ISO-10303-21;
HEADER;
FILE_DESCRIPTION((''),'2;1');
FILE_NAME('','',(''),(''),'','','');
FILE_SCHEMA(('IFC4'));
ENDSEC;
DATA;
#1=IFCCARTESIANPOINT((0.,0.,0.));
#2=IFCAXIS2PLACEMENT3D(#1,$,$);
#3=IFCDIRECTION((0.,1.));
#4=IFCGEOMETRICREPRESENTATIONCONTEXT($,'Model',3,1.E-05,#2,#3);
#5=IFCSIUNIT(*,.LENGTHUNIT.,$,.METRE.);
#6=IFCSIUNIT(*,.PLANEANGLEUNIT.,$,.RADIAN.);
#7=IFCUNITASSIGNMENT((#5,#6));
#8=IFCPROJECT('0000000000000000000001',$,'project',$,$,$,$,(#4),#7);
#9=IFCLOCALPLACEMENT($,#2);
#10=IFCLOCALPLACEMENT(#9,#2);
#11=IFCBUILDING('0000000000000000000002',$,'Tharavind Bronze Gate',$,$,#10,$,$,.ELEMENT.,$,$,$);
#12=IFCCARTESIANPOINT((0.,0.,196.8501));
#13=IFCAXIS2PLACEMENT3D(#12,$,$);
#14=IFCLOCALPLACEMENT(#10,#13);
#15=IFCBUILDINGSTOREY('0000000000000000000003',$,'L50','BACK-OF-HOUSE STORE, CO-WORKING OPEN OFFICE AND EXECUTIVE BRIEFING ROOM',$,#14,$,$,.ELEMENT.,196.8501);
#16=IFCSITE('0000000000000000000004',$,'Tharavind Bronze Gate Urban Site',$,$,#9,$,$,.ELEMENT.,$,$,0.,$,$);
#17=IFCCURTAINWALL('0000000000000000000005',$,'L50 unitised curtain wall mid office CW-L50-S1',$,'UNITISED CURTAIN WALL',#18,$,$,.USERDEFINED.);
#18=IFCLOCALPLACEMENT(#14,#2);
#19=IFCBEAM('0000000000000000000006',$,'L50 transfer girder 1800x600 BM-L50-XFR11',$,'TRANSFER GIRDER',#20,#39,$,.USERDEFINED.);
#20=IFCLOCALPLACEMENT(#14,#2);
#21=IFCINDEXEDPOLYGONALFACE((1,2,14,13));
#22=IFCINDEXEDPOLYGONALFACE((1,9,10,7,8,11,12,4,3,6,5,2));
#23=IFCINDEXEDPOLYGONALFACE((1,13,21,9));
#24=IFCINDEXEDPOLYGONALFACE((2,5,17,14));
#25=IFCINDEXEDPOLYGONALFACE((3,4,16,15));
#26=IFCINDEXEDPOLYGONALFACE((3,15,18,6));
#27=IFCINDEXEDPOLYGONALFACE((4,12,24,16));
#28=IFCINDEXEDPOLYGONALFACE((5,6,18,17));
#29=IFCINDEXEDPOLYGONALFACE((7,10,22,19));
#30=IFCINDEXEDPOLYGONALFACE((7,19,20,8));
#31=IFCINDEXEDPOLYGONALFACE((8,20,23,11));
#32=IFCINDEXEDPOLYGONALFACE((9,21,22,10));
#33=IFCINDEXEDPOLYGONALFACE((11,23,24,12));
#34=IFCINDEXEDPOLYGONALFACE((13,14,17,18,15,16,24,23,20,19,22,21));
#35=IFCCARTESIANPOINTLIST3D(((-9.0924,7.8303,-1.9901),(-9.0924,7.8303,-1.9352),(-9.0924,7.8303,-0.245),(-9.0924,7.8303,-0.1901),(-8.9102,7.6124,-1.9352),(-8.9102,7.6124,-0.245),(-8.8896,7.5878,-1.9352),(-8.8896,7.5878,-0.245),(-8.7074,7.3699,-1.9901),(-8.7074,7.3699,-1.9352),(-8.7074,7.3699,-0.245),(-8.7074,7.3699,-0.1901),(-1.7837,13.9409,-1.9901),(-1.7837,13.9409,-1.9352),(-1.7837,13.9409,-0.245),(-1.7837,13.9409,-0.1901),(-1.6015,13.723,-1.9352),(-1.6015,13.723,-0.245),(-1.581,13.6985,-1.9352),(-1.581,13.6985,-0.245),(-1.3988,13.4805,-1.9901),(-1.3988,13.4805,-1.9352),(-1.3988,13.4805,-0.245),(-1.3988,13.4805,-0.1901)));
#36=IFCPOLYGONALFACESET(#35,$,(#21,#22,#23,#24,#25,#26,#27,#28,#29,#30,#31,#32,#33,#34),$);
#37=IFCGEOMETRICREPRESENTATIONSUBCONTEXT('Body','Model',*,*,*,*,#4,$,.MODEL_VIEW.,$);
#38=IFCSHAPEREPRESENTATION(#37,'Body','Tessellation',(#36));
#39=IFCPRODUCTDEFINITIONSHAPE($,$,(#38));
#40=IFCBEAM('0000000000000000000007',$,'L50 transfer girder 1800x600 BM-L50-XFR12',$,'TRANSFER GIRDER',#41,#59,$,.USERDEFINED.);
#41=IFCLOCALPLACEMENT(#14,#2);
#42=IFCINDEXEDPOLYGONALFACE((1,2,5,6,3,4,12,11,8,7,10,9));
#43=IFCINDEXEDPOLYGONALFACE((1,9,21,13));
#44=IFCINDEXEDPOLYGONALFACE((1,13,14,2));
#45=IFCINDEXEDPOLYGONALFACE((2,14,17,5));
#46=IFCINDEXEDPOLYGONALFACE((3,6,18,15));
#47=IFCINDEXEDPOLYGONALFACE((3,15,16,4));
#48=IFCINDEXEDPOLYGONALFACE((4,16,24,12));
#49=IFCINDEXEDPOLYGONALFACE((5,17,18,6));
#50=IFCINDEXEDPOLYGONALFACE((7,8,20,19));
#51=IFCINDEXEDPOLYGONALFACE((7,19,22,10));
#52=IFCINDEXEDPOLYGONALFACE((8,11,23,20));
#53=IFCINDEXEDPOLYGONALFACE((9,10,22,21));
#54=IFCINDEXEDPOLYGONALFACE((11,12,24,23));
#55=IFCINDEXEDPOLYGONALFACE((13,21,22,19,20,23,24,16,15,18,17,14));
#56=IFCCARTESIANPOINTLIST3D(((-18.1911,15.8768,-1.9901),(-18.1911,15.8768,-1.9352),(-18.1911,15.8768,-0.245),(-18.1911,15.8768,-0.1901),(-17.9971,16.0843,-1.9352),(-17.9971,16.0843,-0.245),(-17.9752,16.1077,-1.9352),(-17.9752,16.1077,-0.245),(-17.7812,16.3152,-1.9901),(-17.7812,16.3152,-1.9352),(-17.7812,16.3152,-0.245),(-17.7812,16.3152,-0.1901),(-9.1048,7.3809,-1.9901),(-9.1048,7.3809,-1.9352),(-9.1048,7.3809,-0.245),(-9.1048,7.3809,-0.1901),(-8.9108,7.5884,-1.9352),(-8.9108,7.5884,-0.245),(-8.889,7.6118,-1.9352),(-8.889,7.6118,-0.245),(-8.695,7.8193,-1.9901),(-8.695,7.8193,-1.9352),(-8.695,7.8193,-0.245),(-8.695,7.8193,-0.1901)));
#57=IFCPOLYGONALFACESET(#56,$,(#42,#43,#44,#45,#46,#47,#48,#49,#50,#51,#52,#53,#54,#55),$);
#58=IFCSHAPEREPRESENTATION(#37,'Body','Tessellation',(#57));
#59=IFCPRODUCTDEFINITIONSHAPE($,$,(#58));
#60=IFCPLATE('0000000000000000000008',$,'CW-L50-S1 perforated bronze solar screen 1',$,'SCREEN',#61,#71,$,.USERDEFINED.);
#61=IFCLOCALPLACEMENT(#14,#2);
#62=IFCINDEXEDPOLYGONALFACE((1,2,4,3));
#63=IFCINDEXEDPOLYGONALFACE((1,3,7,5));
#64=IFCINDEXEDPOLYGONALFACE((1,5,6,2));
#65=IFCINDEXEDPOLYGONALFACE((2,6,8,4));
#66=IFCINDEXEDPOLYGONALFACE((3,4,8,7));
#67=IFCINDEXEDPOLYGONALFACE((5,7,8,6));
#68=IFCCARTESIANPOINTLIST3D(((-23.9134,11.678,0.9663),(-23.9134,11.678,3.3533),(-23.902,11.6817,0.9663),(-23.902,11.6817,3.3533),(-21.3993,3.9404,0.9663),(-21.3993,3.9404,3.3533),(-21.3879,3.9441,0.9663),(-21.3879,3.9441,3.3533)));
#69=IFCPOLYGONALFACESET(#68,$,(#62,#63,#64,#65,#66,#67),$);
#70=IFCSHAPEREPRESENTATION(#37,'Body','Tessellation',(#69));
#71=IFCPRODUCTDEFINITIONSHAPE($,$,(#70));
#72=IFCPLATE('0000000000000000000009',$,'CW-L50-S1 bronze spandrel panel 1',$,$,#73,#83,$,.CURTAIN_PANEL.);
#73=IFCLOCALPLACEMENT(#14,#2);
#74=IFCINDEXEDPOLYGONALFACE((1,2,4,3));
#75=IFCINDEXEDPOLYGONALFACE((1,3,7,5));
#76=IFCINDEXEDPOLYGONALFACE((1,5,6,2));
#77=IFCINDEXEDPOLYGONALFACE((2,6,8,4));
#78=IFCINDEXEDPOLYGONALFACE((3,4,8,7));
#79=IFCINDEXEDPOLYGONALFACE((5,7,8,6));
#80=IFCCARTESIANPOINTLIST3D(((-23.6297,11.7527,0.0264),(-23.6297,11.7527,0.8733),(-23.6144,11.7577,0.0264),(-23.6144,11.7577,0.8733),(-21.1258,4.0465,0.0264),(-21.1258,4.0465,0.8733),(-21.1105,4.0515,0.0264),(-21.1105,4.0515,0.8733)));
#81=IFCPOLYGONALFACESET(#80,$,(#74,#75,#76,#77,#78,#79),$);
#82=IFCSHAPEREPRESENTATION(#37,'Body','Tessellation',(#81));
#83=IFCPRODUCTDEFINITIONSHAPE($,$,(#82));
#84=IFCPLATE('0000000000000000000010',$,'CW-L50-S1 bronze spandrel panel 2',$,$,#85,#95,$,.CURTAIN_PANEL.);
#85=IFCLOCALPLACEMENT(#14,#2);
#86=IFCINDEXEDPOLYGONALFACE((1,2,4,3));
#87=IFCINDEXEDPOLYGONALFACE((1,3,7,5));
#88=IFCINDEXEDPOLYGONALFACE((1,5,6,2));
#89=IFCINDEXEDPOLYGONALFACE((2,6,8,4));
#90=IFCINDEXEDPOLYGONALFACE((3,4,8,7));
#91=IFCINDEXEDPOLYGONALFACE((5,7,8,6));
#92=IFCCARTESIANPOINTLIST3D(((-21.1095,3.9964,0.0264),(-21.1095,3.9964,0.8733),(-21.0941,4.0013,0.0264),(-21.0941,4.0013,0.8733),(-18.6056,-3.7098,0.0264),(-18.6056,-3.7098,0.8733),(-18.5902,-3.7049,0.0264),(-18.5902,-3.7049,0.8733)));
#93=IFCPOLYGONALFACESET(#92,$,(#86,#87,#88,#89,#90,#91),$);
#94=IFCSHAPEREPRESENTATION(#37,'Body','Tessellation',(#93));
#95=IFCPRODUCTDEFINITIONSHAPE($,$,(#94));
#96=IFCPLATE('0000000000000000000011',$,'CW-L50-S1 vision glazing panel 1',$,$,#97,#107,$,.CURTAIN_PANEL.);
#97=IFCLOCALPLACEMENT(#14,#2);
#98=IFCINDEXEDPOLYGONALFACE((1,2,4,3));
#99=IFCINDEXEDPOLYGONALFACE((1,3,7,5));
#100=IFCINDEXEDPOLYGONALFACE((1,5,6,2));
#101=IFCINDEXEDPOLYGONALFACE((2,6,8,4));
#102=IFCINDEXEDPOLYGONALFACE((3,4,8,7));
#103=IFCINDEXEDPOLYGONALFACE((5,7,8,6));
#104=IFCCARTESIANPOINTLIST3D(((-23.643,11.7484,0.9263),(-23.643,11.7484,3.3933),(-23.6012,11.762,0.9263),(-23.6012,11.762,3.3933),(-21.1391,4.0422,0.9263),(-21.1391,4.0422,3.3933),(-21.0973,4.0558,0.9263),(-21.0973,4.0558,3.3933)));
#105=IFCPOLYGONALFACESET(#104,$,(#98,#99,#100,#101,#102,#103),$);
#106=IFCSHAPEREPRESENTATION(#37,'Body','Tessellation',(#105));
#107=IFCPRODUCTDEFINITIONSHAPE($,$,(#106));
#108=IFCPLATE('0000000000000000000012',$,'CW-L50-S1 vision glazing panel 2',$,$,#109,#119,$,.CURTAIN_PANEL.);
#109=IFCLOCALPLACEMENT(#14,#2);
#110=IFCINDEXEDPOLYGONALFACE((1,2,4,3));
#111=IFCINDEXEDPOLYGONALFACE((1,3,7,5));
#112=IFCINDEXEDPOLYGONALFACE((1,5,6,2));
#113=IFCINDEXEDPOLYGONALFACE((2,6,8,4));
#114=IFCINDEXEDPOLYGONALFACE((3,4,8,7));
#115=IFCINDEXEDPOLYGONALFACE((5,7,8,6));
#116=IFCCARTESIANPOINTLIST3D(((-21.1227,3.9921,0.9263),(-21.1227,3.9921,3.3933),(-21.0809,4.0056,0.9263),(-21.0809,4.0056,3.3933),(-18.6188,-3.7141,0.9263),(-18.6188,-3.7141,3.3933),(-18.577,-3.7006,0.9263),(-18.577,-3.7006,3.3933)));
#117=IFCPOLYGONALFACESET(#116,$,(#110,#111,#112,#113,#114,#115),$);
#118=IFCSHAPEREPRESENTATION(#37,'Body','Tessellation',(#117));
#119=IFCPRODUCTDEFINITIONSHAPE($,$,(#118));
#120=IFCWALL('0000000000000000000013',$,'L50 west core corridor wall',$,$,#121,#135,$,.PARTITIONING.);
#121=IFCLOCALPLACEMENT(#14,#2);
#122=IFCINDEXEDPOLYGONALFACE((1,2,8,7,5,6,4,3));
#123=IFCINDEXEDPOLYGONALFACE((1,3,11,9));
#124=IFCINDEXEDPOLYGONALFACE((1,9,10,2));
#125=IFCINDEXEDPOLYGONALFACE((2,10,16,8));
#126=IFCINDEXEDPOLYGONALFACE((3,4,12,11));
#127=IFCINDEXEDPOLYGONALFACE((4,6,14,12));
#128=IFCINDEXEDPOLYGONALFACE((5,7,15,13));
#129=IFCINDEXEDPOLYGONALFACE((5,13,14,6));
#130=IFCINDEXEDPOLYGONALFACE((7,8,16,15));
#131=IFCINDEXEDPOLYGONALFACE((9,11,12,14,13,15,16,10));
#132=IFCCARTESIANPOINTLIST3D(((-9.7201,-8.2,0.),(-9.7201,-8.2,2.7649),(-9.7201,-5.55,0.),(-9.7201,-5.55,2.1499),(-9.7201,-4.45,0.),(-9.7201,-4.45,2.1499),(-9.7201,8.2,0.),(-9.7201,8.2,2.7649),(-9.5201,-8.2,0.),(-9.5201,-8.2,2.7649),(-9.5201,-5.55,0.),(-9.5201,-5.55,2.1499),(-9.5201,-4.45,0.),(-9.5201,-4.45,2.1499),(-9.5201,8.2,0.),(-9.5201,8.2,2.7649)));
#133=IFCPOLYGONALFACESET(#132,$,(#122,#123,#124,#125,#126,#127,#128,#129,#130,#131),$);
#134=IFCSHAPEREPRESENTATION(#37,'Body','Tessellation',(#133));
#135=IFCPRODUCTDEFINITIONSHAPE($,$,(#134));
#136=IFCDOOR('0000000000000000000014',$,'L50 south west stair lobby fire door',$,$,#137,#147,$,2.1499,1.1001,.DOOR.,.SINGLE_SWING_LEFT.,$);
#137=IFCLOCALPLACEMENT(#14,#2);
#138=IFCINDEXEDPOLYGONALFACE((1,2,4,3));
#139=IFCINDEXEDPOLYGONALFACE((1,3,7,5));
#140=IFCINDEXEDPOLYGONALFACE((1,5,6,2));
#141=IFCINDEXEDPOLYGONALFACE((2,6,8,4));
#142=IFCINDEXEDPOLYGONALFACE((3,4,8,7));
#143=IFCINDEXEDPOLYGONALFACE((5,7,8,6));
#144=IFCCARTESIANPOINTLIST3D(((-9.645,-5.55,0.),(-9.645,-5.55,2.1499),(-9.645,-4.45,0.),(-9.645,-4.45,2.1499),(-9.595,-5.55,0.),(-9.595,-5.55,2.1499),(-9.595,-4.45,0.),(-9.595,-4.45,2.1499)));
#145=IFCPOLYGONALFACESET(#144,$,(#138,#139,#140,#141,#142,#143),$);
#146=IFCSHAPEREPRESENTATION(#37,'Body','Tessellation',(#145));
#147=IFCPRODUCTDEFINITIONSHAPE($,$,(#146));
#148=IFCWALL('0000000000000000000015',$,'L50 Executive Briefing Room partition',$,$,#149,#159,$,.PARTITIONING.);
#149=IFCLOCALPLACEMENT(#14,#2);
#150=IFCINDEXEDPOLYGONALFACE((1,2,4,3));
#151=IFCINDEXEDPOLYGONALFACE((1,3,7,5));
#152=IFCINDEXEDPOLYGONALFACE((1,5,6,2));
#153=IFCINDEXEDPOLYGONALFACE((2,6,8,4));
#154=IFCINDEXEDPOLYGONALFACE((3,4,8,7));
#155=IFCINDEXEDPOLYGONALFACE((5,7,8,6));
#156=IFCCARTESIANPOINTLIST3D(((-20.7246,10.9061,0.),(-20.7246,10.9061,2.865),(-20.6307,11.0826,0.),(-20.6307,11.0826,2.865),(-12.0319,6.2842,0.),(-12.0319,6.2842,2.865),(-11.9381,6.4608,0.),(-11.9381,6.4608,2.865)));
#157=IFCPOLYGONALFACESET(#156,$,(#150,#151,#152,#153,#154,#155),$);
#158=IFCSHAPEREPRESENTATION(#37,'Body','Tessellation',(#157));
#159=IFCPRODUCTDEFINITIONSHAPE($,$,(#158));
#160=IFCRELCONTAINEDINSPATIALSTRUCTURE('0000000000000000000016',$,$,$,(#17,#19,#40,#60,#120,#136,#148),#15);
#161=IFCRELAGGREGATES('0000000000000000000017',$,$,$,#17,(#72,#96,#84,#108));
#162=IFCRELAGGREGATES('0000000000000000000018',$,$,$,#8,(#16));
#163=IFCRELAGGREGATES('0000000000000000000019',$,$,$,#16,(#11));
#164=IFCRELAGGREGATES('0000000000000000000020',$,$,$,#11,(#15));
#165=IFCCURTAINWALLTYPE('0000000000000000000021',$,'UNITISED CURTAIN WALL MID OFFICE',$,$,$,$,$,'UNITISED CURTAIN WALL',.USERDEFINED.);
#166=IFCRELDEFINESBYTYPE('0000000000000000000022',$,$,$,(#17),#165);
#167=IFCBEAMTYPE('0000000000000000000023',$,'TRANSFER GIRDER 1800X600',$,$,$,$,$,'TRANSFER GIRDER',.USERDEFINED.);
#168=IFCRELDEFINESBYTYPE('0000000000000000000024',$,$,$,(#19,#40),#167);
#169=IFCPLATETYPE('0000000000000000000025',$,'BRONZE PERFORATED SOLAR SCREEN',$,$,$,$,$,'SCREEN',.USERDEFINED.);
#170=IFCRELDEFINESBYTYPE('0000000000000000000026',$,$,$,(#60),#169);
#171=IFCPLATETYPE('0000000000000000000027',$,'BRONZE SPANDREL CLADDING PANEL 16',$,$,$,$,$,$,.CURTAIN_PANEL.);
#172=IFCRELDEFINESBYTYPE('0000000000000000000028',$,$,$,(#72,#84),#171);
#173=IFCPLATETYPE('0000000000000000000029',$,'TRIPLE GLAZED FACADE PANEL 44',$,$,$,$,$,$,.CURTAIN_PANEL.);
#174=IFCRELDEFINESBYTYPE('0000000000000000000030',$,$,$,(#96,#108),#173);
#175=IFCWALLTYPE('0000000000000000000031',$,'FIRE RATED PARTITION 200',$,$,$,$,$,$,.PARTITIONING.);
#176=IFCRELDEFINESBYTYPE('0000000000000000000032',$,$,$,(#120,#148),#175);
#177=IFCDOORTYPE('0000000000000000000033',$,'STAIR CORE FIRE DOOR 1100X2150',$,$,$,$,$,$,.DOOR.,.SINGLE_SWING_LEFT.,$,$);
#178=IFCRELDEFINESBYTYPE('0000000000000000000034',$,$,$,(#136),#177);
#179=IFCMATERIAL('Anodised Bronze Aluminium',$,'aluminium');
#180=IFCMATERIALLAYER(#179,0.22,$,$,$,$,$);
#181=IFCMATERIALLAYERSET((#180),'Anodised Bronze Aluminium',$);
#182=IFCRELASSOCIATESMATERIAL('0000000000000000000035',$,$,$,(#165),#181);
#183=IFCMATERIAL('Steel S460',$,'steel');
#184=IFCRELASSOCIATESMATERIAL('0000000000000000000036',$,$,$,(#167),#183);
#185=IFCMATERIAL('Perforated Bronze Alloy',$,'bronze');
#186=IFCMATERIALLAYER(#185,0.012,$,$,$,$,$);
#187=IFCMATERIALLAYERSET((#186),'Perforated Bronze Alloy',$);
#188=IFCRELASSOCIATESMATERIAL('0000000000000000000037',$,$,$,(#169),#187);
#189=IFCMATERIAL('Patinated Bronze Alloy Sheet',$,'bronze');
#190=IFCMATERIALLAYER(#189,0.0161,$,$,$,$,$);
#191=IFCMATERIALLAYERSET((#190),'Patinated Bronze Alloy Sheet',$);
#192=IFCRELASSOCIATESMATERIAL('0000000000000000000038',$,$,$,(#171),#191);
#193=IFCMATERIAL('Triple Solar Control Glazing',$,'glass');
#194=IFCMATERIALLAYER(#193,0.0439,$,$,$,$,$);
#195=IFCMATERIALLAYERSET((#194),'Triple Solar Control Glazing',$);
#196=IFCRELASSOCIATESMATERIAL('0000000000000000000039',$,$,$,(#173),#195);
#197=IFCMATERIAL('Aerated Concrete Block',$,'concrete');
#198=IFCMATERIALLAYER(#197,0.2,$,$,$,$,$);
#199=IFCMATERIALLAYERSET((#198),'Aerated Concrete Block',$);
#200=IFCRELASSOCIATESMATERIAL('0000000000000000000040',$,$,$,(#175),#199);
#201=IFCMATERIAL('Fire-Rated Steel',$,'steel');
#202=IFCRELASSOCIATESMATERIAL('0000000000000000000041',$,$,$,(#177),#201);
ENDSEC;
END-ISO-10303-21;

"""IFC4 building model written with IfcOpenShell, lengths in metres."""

from ifc_helpers import new_model, si_unit, direction, frame, frame_2d, origin, origin_2d, place, context, subcontext, project, spatial, rectangle, i_section, extrude, material, layer, layer_set, material_profile, profile_set, type_object, element, fill, aggregate, save


model = new_model("IFC4")

# Units and contexts
model_context = context("Model", 3, precision=1e-05, world=origin(), true_north=direction((0.0, 1.0)))
body_context = subcontext(model_context, "Body", "Model", "MODEL_VIEW")
ifc_project = project(units=[si_unit("LENGTHUNIT", "METRE"), si_unit("PLANEANGLEUNIT", "RADIAN")], contexts=[model_context])

# Site, building, storey
site_placement = place(None, origin())
site = spatial("IfcSite", under=ifc_project, at=site_placement, Name="Tharavind Bronze Gate Urban Site", CompositionType="ELEMENT", RefElevation=0.0)
building_placement = place(site_placement, origin())
building = spatial("IfcBuilding", under=site, at=building_placement, Name="Tharavind Bronze Gate", CompositionType="ELEMENT")
storey_placement = place(building_placement, frame((0.0, 0.0, 196.8501)))
storey = spatial("IfcBuildingStorey", under=building, at=storey_placement, Name="L50", Description="BACK-OF-HOUSE STORE, CO-WORKING OPEN OFFICE AND EXECUTIVE BRIEFING ROOM", CompositionType="ELEMENT", Elevation=196.8501)

# Curtain wall
ifc_material_1 = material(Name="Anodised Bronze Aluminium", Category="aluminium")
ifc_layer_1 = layer(ifc_material_1, 0.22)
ifc_layer_set_1 = layer_set([ifc_layer_1], Name="Anodised Bronze Aluminium")
curtain_wall_type = type_object("IfcCurtainWallType", Name="UNITISED CURTAIN WALL MID OFFICE", ElementType="UNITISED CURTAIN WALL", PredefinedType="USERDEFINED", material=ifc_layer_set_1)
curtain_wall_placement = place(storey_placement, origin())
curtain_wall = element("IfcCurtainWall", 1, at=curtain_wall_placement, inside=storey, type_object=curtain_wall_type, Name="L50 unitised curtain wall mid office CW-L50-S1", ObjectType="UNITISED CURTAIN WALL", PredefinedType="USERDEFINED")

# Beams
ifc_material_2 = material(Name="Steel S460", Category="steel")
ifc_material_profile_1 = material_profile(ifc_material_2, i_section(OverallWidth=0.6001, OverallDepth=1.8, WebThickness=0.032, FlangeThickness=0.0549, at=origin_2d()), Name="PG1800X600")
ifc_profile_set_1 = profile_set([ifc_material_profile_1], Name="Steel S460")
beam_type_1 = type_object("IfcBeamType", Name="TRANSFER GIRDER 1800X600", ElementType="TRANSFER GIRDER", PredefinedType="USERDEFINED", material=ifc_profile_set_1)
beam_1_placement = place(storey_placement, frame((-8.8999, 7.6001, -1.0901), z_axis=(0.767183, 0.641429, 0.0), x_axis=(-0.641429, 0.767183, 0.0)))
element("IfcBeam", 2, at=beam_1_placement, inside=storey, type_object=beam_type_1, Name="L50 transfer girder 1800x600 BM-L50-XFR11", ObjectType="TRANSFER GIRDER", PredefinedType="USERDEFINED", context=body_context, shape_type="SweptSolid", body=[
    extrude(i_section(OverallWidth=0.6001, OverallDepth=1.8, WebThickness=0.032, FlangeThickness=0.0549, at=origin_2d()), origin(), (0.0, 0.0, 1.0), 9.5266),
])
beam_2_placement = place(storey_placement, frame((-8.8999, 7.6001, -1.0901), z_axis=(-0.730437, 0.68298, 0.0), x_axis=(-0.68298, -0.730437, 0.0)))
element("IfcBeam", 3, at=beam_2_placement, inside=storey, type_object=beam_type_1, Name="L50 transfer girder 1800x600 BM-L50-XFR12", ObjectType="TRANSFER GIRDER", PredefinedType="USERDEFINED", context=body_context, shape_type="SweptSolid", body=[
    extrude(i_section(OverallWidth=0.6001, OverallDepth=1.8, WebThickness=0.032, FlangeThickness=0.0549, at=origin_2d()), origin(), (0.0, 0.0, 1.0), 12.4395),
])

# Plates
ifc_material_3 = material(Name="Perforated Bronze Alloy", Category="bronze")
ifc_layer_2 = layer(ifc_material_3, 0.012)
ifc_layer_set_2 = layer_set([ifc_layer_2], Name="Perforated Bronze Alloy")
plate_type_1 = type_object("IfcPlateType", Name="BRONZE PERFORATED SOLAR SCREEN", ElementType="SCREEN", PredefinedType="USERDEFINED", material=ifc_layer_set_2)
plate_1_placement = place(storey_placement, frame((-22.6506, 7.811, 0.9663), z_axis=(0.0, 0.0, 1.0), x_axis=(0.309017, -0.951057, 0.0)))
element("IfcPlate", 4, at=plate_1_placement, inside=storey, type_object=plate_type_1, Name="CW-L50-S1 perforated bronze solar screen 1", ObjectType="SCREEN", PredefinedType="USERDEFINED", context=body_context, shape_type="SweptSolid", body=[
    extrude(rectangle(XDim=8.1357, YDim=0.012, at=origin_2d()), origin(), (0.0, 0.0, 1.0), 2.387),
])
ifc_material_4 = material(Name="Patinated Bronze Alloy Sheet", Category="bronze")
ifc_layer_3 = layer(ifc_material_4, 0.0161)
ifc_layer_set_3 = layer_set([ifc_layer_3], Name="Patinated Bronze Alloy Sheet")
plate_type_2 = type_object("IfcPlateType", Name="BRONZE SPANDREL CLADDING PANEL 16", PredefinedType="CURTAIN_PANEL", material=ifc_layer_set_3)
plate_2_placement = place(storey_placement, frame((-22.3701, 7.9021, 0.0264), z_axis=(0.0, 0.0, 1.0), x_axis=(0.309017, -0.951057, 0.0)))
plate_2 = element("IfcPlate", 5, at=plate_2_placement, type_object=plate_type_2, Name="CW-L50-S1 bronze spandrel panel 1", PredefinedType="CURTAIN_PANEL", context=body_context, shape_type="SweptSolid", body=[
    extrude(rectangle(XDim=8.1028, YDim=0.0161, at=origin_2d()), origin(), (0.0, 0.0, 1.0), 0.8469),
])
plate_3_placement = place(storey_placement, frame((-19.8499, 0.1458, 0.0264), z_axis=(0.0, 0.0, 1.0), x_axis=(0.309017, -0.951057, 0.0)))
plate_3 = element("IfcPlate", 6, at=plate_3_placement, type_object=plate_type_2, Name="CW-L50-S1 bronze spandrel panel 2", PredefinedType="CURTAIN_PANEL", context=body_context, shape_type="SweptSolid", body=[
    extrude(rectangle(XDim=8.1028, YDim=0.0161, at=origin_2d()), origin(), (0.0, 0.0, 1.0), 0.8469),
])
ifc_material_5 = material(Name="Triple Solar Control Glazing", Category="glass")
ifc_layer_4 = layer(ifc_material_5, 0.0439)
ifc_layer_set_4 = layer_set([ifc_layer_4], Name="Triple Solar Control Glazing")
plate_type_3 = type_object("IfcPlateType", Name="TRIPLE GLAZED FACADE PANEL 44", PredefinedType="CURTAIN_PANEL", material=ifc_layer_set_4)
plate_4_placement = place(storey_placement, frame((-22.3701, 7.9021, 0.9263), z_axis=(0.0, 0.0, 1.0), x_axis=(0.309017, -0.951057, 0.0)))
plate_4 = element("IfcPlate", 7, at=plate_4_placement, type_object=plate_type_3, Name="CW-L50-S1 vision glazing panel 1", PredefinedType="CURTAIN_PANEL", context=body_context, shape_type="SweptSolid", body=[
    extrude(rectangle(XDim=8.1028, YDim=0.0439, at=origin_2d()), origin(), (0.0, 0.0, 1.0), 2.467),
])
plate_5_placement = place(storey_placement, frame((-19.8499, 0.1458, 0.9263), z_axis=(0.0, 0.0, 1.0), x_axis=(0.309017, -0.951057, 0.0)))
plate_5 = element("IfcPlate", 8, at=plate_5_placement, type_object=plate_type_3, Name="CW-L50-S1 vision glazing panel 2", PredefinedType="CURTAIN_PANEL", context=body_context, shape_type="SweptSolid", body=[
    extrude(rectangle(XDim=8.1028, YDim=0.0439, at=origin_2d()), origin(), (0.0, 0.0, 1.0), 2.467),
])
aggregate(curtain_wall, [plate_2, plate_4, plate_3, plate_5])

# Wall, opening, door
ifc_material_6 = material(Name="Aerated Concrete Block", Category="concrete")
ifc_layer_5 = layer(ifc_material_6, 0.2)
ifc_layer_set_5 = layer_set([ifc_layer_5], Name="Aerated Concrete Block")
wall_type = type_object("IfcWallType", Name="FIRE RATED PARTITION 200", PredefinedType="PARTITIONING", material=ifc_layer_set_5)
wall_1_placement = place(storey_placement, frame((-9.6201, 8.2, 0.0), z_axis=(0.0, 0.0, 1.0), x_axis=(0.0, -1.0, 0.0)))
wall_1 = element("IfcWall", 9, at=wall_1_placement, inside=storey, type_object=wall_type, Name="L50 west core corridor wall", PredefinedType="PARTITIONING", context=body_context, shape_type="SweptSolid", body=[
    extrude(rectangle(XDim=16.3999, YDim=0.2, at=frame_2d((8.2, 0.0))), origin(), (0.0, 0.0, 1.0), 2.7649),
])
opening_1_placement = place(wall_1_placement, frame((12.6499, 0.0, 0.0)))
opening_1 = element("IfcOpeningElement", 10, at=opening_1_placement, cuts=wall_1, PredefinedType="OPENING", context=body_context, shape_type="SweptSolid", body=[
    extrude(rectangle(XDim=1.1001, YDim=2.1499, at=frame_2d((0.55, 1.075))), frame((0.0, 0.1101, 0.0), z_axis=(0.0, -1.0, 0.0), x_axis=(1.0, 0.0, 0.0)), (0.0, 0.0, 1.0), 0.22),
])
ifc_material_7 = material(Name="Fire-Rated Steel", Category="steel")
door_type_1 = type_object("IfcDoorType", Name="STAIR CORE FIRE DOOR 1100X2150", OperationType="SINGLE_SWING_LEFT", PredefinedType="DOOR", material=ifc_material_7)
door_1_placement = place(opening_1_placement, frame((1.1001, 0.0, 0.0), z_axis=(0.0, 0.0, 1.0), x_axis=(-1.0, 0.0, 0.0)))
door_1 = element("IfcDoor", 11, at=door_1_placement, inside=storey, type_object=door_type_1, Name="L50 south west stair lobby fire door", OperationType="SINGLE_SWING_LEFT", OverallHeight=2.1499, OverallWidth=1.1001, PredefinedType="DOOR", context=body_context, shape_type="SweptSolid", body=[
    extrude(rectangle(XDim=1.1001, YDim=2.1499, at=frame_2d((0.55, 1.075))), frame((0.0, 0.0249, 0.0), z_axis=(0.0, -1.0, 0.0), x_axis=(1.0, 0.0, 0.0)), (0.0, 0.0, 1.0), 0.05),
])
fill(opening_1, door_1)

# Wall
wall_2_placement = place(storey_placement, frame((-11.9851, 6.3726, 0.0), z_axis=(0.0, 0.0, 1.0), x_axis=(-0.882953, 0.469462, 0.0)))
element("IfcWall", 12, at=wall_2_placement, inside=storey, type_object=wall_type, Name="L50 Executive Briefing Room partition", PredefinedType="PARTITIONING", context=body_context, shape_type="SweptSolid", body=[
    extrude(rectangle(XDim=9.845, YDim=0.2, at=frame_2d((4.9224, 0.0))), origin(), (0.0, 0.0, 1.0), 2.865),
])

save(model, "model.ifc")
